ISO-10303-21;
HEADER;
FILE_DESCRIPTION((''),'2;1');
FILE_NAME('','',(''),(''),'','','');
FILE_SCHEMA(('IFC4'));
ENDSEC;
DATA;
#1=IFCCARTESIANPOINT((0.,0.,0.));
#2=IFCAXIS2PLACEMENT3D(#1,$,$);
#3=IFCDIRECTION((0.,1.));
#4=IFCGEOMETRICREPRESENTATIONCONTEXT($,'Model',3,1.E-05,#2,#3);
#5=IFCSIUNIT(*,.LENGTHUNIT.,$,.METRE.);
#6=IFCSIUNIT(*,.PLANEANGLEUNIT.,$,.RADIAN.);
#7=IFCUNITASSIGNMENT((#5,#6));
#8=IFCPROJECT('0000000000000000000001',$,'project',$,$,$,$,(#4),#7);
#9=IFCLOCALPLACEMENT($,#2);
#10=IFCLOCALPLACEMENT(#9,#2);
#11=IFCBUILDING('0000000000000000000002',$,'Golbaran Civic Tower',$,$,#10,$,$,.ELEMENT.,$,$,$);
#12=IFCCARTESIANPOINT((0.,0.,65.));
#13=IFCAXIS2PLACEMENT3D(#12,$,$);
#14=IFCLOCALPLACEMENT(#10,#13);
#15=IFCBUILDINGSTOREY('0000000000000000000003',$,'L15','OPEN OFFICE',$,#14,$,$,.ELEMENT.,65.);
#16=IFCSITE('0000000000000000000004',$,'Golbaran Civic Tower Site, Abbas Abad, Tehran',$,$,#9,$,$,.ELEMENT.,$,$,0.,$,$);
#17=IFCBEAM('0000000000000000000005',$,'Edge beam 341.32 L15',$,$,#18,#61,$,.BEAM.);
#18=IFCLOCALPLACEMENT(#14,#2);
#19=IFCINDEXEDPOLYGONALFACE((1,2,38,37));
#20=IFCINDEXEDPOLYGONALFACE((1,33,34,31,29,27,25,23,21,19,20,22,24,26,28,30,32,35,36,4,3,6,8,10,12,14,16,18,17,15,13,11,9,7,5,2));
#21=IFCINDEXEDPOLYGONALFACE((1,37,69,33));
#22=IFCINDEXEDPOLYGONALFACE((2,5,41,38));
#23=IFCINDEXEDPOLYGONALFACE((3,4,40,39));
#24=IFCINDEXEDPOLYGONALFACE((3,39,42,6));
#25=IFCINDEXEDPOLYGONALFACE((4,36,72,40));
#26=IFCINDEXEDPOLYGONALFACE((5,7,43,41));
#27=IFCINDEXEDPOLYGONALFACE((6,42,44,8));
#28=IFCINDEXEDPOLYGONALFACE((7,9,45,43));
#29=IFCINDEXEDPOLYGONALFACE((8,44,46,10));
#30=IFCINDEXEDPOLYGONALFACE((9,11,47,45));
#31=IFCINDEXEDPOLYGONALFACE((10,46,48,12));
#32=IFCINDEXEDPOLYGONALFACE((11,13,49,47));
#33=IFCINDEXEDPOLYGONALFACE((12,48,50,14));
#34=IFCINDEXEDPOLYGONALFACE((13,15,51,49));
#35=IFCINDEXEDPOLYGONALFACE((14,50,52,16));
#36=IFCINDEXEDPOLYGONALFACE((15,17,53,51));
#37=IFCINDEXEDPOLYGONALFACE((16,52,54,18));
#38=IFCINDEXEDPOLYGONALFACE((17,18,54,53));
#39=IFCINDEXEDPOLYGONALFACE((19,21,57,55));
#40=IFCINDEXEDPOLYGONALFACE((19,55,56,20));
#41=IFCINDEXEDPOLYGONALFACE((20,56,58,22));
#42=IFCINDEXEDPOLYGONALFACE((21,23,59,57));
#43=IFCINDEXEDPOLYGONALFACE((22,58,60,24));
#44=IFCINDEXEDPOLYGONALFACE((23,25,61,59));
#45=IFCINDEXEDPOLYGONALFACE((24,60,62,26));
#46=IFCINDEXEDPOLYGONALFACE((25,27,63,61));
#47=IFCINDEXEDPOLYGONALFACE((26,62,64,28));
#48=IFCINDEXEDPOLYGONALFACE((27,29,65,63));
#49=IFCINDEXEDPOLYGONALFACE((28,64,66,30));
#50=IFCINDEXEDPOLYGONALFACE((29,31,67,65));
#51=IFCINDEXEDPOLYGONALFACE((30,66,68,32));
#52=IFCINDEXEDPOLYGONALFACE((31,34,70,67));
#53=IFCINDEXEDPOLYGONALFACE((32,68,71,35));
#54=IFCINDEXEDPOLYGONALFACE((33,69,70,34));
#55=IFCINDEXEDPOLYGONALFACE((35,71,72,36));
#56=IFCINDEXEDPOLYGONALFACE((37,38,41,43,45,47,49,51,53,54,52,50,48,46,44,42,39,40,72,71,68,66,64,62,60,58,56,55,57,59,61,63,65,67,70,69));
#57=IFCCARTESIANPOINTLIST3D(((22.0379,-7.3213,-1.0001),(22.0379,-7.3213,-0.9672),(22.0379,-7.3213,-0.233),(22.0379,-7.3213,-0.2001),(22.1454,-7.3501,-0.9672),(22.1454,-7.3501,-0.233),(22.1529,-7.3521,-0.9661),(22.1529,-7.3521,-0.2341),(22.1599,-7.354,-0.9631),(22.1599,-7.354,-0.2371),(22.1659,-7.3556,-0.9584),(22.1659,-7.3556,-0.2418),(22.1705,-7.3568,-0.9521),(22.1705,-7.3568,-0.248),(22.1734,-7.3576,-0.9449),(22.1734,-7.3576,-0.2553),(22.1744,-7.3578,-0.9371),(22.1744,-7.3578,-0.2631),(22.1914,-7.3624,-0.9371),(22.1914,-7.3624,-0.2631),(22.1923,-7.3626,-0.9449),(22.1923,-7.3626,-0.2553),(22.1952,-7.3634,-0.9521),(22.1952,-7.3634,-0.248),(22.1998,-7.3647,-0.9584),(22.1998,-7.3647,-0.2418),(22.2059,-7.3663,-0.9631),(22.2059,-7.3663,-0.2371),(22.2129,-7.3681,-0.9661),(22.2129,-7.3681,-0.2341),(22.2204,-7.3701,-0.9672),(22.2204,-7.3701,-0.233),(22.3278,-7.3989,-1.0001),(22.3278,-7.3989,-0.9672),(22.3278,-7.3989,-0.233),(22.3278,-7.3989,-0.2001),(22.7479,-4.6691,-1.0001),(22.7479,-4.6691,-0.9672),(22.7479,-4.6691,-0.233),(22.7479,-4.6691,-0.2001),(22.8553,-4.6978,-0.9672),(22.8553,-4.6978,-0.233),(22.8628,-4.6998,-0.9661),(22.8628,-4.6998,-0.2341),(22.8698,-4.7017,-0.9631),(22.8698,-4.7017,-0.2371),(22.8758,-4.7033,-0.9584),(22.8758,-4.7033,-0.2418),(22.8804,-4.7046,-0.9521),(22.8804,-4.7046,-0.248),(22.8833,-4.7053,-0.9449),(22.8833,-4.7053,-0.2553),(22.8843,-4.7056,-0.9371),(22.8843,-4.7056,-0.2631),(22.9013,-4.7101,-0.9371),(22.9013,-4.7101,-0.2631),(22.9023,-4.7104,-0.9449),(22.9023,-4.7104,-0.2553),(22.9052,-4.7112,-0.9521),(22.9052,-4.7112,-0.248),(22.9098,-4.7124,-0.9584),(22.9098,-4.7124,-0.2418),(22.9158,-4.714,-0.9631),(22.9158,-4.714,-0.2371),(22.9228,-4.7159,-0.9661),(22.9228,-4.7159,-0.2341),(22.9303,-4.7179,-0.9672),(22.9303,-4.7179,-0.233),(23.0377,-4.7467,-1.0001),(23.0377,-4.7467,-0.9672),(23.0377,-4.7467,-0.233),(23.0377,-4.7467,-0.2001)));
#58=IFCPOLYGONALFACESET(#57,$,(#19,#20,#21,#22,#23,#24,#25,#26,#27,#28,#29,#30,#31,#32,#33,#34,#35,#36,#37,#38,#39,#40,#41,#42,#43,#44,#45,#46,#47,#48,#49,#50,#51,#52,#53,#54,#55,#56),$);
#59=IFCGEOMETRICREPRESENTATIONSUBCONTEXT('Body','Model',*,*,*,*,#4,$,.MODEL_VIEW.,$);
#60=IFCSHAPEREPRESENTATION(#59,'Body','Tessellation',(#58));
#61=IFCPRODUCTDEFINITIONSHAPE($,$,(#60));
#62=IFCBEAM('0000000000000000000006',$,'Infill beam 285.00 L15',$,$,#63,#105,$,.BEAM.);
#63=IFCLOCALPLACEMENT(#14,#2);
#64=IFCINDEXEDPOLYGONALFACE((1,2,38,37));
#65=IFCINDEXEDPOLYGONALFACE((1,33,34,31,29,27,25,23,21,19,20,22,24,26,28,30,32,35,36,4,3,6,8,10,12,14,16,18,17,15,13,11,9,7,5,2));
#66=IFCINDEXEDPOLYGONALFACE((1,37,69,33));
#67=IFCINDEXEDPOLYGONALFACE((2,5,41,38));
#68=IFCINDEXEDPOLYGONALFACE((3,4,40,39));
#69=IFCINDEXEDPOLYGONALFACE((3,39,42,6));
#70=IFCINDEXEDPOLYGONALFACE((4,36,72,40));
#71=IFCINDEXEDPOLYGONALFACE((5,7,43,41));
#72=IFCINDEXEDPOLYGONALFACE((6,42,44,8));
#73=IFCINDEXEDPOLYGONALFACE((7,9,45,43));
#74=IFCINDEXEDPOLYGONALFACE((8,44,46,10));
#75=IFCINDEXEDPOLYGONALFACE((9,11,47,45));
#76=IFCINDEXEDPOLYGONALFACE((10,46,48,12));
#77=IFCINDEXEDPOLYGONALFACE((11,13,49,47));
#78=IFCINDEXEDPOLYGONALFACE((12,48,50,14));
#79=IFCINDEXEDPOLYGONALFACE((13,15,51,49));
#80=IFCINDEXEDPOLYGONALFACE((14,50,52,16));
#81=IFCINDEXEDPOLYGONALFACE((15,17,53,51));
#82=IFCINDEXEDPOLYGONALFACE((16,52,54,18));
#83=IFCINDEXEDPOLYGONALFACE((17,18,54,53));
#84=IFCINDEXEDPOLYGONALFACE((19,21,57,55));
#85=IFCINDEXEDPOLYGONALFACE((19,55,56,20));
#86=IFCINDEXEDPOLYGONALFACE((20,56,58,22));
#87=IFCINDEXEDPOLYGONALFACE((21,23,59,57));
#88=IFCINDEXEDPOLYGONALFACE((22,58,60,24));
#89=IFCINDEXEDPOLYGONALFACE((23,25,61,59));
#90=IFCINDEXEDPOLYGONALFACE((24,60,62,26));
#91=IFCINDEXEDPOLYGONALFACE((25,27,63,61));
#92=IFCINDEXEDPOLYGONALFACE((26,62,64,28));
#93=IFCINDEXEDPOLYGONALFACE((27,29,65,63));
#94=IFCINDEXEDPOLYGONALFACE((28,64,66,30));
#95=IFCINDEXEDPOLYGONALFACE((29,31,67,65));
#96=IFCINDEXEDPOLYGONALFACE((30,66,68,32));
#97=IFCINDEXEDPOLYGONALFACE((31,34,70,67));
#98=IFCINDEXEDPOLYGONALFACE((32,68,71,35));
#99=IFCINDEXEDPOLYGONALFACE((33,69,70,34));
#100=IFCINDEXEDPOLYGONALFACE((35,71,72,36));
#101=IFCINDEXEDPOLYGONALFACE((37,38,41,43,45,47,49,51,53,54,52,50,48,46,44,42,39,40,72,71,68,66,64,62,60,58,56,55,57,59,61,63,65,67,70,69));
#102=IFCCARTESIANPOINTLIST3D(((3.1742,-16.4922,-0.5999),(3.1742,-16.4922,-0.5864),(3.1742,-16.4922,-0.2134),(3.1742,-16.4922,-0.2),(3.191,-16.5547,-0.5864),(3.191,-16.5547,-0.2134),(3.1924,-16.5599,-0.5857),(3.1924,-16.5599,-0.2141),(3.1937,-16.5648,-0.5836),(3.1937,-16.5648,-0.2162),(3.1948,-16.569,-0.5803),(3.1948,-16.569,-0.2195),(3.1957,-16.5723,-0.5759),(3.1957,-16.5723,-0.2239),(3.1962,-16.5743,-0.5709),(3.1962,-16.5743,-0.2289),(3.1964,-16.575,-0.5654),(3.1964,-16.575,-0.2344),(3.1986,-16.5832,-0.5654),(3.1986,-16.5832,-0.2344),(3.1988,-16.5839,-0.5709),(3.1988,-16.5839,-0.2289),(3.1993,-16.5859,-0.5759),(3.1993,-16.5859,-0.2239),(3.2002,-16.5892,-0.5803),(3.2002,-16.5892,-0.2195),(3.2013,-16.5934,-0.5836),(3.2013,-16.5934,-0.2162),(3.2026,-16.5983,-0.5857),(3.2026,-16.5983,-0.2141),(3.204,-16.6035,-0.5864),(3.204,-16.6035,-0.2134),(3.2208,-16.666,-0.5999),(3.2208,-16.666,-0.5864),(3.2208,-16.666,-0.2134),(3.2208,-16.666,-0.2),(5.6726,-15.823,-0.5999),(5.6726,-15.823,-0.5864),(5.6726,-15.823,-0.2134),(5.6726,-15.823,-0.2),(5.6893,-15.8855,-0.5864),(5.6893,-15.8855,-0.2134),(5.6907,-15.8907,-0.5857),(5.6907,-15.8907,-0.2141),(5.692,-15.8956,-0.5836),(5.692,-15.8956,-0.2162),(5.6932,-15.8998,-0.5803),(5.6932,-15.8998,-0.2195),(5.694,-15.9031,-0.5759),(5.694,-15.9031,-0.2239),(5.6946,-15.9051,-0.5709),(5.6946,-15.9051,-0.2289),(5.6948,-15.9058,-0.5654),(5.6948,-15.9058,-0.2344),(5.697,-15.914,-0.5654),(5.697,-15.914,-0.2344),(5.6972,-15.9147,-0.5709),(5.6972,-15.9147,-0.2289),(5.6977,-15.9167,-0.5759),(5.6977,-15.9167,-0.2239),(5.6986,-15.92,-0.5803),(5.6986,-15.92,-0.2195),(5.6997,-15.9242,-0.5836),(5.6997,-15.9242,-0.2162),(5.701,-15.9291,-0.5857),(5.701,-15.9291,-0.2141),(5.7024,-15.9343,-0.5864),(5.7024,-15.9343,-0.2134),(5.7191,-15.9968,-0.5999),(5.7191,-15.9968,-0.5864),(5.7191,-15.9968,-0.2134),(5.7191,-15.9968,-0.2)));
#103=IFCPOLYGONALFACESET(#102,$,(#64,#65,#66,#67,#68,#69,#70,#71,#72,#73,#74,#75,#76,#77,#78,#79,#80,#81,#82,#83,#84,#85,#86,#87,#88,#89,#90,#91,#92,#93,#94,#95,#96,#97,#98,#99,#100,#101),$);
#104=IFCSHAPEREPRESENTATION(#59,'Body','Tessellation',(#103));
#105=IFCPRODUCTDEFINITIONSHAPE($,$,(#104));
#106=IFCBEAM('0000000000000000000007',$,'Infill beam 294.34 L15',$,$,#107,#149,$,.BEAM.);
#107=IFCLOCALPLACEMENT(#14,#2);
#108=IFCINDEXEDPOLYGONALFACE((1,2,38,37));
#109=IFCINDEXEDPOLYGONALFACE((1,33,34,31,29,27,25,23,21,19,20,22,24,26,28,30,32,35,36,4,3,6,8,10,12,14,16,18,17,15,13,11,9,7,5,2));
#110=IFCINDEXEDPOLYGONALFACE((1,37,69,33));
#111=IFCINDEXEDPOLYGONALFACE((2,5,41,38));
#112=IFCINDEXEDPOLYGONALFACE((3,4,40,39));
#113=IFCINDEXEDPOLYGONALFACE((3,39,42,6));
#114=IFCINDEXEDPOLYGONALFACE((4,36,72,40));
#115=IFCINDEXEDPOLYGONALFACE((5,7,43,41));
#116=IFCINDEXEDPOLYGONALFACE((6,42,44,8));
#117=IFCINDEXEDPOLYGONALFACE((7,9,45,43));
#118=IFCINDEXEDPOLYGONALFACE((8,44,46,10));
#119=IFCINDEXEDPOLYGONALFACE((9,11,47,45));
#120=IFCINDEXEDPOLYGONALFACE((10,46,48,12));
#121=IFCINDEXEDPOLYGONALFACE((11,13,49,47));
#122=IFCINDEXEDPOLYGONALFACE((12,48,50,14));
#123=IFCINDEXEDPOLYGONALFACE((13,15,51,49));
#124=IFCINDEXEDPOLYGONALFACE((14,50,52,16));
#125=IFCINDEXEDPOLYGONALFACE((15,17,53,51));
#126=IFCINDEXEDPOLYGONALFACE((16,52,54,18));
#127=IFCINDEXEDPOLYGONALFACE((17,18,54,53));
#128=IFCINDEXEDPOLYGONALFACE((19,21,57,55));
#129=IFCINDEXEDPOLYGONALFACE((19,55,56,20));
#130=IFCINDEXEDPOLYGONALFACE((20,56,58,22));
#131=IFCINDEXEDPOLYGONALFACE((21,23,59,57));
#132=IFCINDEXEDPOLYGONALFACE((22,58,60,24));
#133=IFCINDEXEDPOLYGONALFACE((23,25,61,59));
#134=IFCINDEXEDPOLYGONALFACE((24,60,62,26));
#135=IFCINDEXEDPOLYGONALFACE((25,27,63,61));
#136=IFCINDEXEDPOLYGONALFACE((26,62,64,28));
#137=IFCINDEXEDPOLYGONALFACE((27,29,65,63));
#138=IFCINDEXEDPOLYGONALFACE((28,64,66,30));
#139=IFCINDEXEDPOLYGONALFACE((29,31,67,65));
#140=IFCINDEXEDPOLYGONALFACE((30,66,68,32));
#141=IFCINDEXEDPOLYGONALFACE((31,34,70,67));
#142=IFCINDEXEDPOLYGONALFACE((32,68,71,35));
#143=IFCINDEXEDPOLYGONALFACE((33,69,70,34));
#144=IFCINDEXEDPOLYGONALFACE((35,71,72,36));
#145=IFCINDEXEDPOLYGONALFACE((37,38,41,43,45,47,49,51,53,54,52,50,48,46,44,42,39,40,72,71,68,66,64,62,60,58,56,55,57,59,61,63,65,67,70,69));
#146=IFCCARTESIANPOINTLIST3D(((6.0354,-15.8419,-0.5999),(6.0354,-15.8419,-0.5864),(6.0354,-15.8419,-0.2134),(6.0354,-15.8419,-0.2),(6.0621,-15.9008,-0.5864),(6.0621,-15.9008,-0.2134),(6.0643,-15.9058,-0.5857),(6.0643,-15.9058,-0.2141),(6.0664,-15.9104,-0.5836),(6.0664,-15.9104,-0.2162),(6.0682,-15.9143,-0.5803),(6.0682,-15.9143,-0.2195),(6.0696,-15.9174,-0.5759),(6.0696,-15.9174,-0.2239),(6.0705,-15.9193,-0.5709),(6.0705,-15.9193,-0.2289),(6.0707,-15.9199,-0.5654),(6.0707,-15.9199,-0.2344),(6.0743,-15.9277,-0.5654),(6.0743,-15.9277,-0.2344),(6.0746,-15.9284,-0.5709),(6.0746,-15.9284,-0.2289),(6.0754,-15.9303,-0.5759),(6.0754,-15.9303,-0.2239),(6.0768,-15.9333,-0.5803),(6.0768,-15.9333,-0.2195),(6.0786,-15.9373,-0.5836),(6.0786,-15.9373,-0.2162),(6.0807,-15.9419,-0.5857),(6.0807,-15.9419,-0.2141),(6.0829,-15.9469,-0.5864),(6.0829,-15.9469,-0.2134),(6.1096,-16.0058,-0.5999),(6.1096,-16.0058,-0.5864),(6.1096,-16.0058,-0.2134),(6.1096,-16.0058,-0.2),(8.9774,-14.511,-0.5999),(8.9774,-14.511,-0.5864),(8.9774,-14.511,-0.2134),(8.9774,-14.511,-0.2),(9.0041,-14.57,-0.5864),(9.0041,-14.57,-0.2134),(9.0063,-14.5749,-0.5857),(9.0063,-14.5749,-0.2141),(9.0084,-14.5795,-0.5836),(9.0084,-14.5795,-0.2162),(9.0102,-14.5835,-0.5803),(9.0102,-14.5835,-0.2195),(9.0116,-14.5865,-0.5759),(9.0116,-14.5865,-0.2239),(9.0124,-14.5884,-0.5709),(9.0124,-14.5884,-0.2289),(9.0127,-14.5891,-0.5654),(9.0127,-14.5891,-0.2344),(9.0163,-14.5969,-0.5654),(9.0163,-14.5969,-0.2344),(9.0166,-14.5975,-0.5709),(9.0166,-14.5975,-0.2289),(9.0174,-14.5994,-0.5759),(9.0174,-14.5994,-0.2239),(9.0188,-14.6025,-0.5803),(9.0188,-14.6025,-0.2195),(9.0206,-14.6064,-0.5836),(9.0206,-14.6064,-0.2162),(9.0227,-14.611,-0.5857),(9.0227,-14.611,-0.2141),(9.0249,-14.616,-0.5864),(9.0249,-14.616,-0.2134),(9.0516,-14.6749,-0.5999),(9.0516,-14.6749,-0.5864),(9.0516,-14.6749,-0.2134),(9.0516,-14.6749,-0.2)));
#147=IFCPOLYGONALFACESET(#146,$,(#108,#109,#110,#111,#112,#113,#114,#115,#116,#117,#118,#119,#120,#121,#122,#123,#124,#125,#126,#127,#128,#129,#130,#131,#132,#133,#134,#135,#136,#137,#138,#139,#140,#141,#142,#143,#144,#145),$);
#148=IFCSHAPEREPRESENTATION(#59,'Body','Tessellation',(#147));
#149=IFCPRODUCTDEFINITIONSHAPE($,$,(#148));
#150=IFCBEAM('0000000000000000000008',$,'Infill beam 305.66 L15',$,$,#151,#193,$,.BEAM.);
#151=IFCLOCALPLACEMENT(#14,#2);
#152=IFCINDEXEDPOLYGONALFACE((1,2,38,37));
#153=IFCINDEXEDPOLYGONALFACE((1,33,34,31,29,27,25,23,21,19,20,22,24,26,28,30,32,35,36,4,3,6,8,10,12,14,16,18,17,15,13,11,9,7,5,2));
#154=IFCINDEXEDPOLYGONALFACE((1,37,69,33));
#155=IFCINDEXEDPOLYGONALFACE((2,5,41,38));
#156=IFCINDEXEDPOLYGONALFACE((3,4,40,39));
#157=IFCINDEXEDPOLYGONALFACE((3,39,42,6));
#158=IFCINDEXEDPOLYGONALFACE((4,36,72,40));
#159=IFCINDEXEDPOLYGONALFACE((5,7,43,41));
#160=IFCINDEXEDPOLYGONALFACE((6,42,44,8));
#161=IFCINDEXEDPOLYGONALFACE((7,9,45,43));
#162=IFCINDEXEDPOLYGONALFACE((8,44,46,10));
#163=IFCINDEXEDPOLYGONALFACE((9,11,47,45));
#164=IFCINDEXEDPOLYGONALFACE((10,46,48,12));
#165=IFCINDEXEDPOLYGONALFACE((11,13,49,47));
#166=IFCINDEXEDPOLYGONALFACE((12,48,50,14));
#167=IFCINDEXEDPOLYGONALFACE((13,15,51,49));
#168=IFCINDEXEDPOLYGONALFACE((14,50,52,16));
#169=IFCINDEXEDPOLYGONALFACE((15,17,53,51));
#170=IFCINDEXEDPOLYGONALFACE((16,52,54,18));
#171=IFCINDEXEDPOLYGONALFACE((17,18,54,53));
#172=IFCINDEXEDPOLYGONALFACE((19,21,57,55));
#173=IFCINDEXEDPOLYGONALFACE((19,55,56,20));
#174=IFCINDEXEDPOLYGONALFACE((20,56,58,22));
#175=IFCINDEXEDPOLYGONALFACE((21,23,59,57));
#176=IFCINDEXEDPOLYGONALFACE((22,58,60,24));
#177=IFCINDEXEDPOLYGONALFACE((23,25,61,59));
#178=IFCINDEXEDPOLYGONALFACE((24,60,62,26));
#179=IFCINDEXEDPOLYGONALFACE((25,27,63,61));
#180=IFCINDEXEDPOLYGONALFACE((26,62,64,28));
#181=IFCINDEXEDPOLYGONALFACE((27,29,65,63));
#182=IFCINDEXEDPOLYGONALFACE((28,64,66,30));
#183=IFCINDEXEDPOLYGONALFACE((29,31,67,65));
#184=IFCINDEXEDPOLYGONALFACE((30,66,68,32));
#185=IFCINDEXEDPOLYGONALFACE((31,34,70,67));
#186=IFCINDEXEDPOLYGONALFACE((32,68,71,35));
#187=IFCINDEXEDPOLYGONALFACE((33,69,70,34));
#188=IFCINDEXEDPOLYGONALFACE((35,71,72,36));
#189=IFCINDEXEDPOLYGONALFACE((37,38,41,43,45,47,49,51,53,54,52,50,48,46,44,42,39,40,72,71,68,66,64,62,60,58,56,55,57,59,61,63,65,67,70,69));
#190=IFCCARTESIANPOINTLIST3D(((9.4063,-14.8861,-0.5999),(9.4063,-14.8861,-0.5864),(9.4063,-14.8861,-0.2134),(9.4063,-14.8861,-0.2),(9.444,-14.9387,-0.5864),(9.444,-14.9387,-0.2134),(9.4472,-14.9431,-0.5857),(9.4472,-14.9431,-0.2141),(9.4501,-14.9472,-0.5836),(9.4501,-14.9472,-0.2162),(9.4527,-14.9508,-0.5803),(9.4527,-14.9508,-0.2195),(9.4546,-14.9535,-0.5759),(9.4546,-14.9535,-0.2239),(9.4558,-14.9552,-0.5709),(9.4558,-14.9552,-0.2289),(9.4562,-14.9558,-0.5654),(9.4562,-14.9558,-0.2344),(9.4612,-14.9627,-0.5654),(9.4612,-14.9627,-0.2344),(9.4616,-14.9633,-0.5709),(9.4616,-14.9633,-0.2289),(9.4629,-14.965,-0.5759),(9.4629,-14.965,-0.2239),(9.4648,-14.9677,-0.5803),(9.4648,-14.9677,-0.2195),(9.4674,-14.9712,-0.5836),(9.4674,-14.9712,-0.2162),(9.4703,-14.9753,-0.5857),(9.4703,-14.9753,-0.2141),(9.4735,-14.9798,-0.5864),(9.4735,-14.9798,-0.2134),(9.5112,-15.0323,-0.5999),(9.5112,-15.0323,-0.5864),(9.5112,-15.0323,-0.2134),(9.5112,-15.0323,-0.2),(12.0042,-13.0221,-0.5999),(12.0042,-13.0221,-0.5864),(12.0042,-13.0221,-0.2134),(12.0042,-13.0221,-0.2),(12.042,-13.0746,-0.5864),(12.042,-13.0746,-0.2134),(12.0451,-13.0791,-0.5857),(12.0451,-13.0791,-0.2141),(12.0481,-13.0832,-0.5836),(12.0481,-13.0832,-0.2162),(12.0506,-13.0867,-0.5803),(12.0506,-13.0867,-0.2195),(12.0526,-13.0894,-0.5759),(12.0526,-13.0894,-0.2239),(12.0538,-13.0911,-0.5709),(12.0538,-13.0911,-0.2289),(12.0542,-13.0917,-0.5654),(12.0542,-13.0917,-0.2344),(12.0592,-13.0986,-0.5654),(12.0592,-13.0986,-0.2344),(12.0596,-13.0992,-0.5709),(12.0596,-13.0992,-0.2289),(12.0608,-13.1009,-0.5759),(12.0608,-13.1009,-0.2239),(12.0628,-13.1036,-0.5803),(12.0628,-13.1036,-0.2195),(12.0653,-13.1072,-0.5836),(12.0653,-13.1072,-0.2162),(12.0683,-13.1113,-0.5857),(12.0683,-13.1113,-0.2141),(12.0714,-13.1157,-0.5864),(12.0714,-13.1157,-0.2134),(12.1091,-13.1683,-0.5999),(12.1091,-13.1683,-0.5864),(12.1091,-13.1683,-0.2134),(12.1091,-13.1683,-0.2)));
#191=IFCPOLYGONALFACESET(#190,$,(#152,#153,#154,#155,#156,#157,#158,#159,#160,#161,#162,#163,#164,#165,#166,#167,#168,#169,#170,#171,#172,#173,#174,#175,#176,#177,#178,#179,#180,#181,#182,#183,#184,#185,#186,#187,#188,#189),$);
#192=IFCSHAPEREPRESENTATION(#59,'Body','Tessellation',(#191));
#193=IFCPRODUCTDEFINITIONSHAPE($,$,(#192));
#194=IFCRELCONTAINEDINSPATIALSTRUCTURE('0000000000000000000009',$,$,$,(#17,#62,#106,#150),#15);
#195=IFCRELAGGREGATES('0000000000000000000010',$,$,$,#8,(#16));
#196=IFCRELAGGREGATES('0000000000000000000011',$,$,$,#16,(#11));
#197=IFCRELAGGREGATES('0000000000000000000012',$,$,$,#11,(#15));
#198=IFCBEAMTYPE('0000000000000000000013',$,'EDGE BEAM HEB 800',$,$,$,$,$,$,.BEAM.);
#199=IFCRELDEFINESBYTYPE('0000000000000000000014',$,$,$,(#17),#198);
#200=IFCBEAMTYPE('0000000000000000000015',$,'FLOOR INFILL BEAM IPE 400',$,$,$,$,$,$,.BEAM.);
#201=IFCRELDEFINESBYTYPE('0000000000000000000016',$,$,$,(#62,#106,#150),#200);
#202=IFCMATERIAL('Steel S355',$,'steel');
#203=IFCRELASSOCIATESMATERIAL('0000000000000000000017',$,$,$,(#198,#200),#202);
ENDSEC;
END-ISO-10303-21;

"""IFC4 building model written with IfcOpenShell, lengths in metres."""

from ifc_helpers import new_model, si_unit, direction, frame, origin, origin_2d, place, context, subcontext, project, spatial, i_section, extrude, material, material_profile, profile_set, type_object, element, save


model = new_model("IFC4")

# Units and contexts
model_context = context("Model", 3, precision=1e-05, world=origin(), true_north=direction((0.0, 1.0)))
body_context = subcontext(model_context, "Body", "Model", "MODEL_VIEW")
ifc_project = project(units=[si_unit("LENGTHUNIT", "METRE"), si_unit("PLANEANGLEUNIT", "RADIAN")], contexts=[model_context])

# Site, building, storey
site_placement = place(None, origin())
site = spatial("IfcSite", under=ifc_project, at=site_placement, Name="Golbaran Civic Tower Site, Abbas Abad, Tehran", CompositionType="ELEMENT", RefElevation=0.0)
building_placement = place(site_placement, origin())
building = spatial("IfcBuilding", under=site, at=building_placement, Name="Golbaran Civic Tower", CompositionType="ELEMENT")
storey_placement = place(building_placement, frame((0.0, 0.0, 65.0)))
storey = spatial("IfcBuildingStorey", under=building, at=storey_placement, Name="L15", Description="OPEN OFFICE", CompositionType="ELEMENT", Elevation=65.0)

# Beams
ifc_material_1 = material(Name="Steel S355", Category="steel")
ifc_material_profile_1 = material_profile(ifc_material_1, i_section(OverallWidth=0.3, OverallDepth=0.8, WebThickness=0.0176, FlangeThickness=0.033, FilletRadius=0.03, at=origin_2d()), Name="HEB 800")
ifc_profile_set_1 = profile_set([ifc_material_profile_1], Name="Steel S355")
beam_type_1 = type_object("IfcBeamType", Name="EDGE BEAM HEB 800", PredefinedType="BEAM", material=ifc_profile_set_1)
beam_1_placement = place(storey_placement, frame((22.1829, -7.3601, -0.6001), z_axis=(0.25857, 0.965992, 0.0), x_axis=(-0.965992, 0.25857, 0.0)))
element("IfcBeam", 1, at=beam_1_placement, inside=storey, type_object=beam_type_1, Name="Edge beam 341.32 L15", PredefinedType="BEAM", context=body_context, shape_type="SweptSolid", body=[
    extrude(i_section(OverallWidth=0.3, OverallDepth=0.8, WebThickness=0.0176, FlangeThickness=0.033, FilletRadius=0.03, at=origin_2d()), origin(), (0.0, 0.0, 1.0), 2.7456),
])
ifc_material_profile_2 = material_profile(ifc_material_1, i_section(OverallWidth=0.1799, OverallDepth=0.3999, WebThickness=0.0085, FlangeThickness=0.0134, FilletRadius=0.021, at=origin_2d()), Name="IPE 400")
ifc_profile_set_2 = profile_set([ifc_material_profile_2], Name="Steel S355")
beam_type_2 = type_object("IfcBeamType", Name="FLOOR INFILL BEAM IPE 400", PredefinedType="BEAM", material=ifc_profile_set_2)
beam_2_placement = place(storey_placement, frame((3.1975, -16.5791, -0.3999), z_axis=(0.965948, 0.258738, 0.0), x_axis=(-0.258738, 0.965948, 0.0)))
element("IfcBeam", 2, at=beam_2_placement, inside=storey, type_object=beam_type_2, Name="Infill beam 285.00 L15", PredefinedType="BEAM", context=body_context, shape_type="SweptSolid", body=[
    extrude(i_section(OverallWidth=0.1799, OverallDepth=0.3999, WebThickness=0.0085, FlangeThickness=0.0134, FilletRadius=0.021, at=origin_2d()), origin(), (0.0, 0.0, 1.0), 2.5864),
])
beam_3_placement = place(storey_placement, frame((6.0725, -15.9238, -0.3999), z_axis=(0.911113, 0.412156, 0.0), x_axis=(-0.412156, 0.911113, 0.0)))
element("IfcBeam", 3, at=beam_3_placement, inside=storey, type_object=beam_type_2, Name="Infill beam 294.34 L15", PredefinedType="BEAM", context=body_context, shape_type="SweptSolid", body=[
    extrude(i_section(OverallWidth=0.1799, OverallDepth=0.3999, WebThickness=0.0085, FlangeThickness=0.0134, FilletRadius=0.021, at=origin_2d()), origin(), (0.0, 0.0, 1.0), 3.229),
])
beam_4_placement = place(storey_placement, frame((9.4587, -14.9592, -0.3999), z_axis=(0.812493, 0.58297, 0.0), x_axis=(-0.58297, 0.812493, 0.0)))
element("IfcBeam", 4, at=beam_4_placement, inside=storey, type_object=beam_type_2, Name="Infill beam 305.66 L15", PredefinedType="BEAM", context=body_context, shape_type="SweptSolid", body=[
    extrude(i_section(OverallWidth=0.1799, OverallDepth=0.3999, WebThickness=0.0085, FlangeThickness=0.0134, FilletRadius=0.021, at=origin_2d()), origin(), (0.0, 0.0, 1.0), 3.1975),
])

save(model, "model.ifc")
